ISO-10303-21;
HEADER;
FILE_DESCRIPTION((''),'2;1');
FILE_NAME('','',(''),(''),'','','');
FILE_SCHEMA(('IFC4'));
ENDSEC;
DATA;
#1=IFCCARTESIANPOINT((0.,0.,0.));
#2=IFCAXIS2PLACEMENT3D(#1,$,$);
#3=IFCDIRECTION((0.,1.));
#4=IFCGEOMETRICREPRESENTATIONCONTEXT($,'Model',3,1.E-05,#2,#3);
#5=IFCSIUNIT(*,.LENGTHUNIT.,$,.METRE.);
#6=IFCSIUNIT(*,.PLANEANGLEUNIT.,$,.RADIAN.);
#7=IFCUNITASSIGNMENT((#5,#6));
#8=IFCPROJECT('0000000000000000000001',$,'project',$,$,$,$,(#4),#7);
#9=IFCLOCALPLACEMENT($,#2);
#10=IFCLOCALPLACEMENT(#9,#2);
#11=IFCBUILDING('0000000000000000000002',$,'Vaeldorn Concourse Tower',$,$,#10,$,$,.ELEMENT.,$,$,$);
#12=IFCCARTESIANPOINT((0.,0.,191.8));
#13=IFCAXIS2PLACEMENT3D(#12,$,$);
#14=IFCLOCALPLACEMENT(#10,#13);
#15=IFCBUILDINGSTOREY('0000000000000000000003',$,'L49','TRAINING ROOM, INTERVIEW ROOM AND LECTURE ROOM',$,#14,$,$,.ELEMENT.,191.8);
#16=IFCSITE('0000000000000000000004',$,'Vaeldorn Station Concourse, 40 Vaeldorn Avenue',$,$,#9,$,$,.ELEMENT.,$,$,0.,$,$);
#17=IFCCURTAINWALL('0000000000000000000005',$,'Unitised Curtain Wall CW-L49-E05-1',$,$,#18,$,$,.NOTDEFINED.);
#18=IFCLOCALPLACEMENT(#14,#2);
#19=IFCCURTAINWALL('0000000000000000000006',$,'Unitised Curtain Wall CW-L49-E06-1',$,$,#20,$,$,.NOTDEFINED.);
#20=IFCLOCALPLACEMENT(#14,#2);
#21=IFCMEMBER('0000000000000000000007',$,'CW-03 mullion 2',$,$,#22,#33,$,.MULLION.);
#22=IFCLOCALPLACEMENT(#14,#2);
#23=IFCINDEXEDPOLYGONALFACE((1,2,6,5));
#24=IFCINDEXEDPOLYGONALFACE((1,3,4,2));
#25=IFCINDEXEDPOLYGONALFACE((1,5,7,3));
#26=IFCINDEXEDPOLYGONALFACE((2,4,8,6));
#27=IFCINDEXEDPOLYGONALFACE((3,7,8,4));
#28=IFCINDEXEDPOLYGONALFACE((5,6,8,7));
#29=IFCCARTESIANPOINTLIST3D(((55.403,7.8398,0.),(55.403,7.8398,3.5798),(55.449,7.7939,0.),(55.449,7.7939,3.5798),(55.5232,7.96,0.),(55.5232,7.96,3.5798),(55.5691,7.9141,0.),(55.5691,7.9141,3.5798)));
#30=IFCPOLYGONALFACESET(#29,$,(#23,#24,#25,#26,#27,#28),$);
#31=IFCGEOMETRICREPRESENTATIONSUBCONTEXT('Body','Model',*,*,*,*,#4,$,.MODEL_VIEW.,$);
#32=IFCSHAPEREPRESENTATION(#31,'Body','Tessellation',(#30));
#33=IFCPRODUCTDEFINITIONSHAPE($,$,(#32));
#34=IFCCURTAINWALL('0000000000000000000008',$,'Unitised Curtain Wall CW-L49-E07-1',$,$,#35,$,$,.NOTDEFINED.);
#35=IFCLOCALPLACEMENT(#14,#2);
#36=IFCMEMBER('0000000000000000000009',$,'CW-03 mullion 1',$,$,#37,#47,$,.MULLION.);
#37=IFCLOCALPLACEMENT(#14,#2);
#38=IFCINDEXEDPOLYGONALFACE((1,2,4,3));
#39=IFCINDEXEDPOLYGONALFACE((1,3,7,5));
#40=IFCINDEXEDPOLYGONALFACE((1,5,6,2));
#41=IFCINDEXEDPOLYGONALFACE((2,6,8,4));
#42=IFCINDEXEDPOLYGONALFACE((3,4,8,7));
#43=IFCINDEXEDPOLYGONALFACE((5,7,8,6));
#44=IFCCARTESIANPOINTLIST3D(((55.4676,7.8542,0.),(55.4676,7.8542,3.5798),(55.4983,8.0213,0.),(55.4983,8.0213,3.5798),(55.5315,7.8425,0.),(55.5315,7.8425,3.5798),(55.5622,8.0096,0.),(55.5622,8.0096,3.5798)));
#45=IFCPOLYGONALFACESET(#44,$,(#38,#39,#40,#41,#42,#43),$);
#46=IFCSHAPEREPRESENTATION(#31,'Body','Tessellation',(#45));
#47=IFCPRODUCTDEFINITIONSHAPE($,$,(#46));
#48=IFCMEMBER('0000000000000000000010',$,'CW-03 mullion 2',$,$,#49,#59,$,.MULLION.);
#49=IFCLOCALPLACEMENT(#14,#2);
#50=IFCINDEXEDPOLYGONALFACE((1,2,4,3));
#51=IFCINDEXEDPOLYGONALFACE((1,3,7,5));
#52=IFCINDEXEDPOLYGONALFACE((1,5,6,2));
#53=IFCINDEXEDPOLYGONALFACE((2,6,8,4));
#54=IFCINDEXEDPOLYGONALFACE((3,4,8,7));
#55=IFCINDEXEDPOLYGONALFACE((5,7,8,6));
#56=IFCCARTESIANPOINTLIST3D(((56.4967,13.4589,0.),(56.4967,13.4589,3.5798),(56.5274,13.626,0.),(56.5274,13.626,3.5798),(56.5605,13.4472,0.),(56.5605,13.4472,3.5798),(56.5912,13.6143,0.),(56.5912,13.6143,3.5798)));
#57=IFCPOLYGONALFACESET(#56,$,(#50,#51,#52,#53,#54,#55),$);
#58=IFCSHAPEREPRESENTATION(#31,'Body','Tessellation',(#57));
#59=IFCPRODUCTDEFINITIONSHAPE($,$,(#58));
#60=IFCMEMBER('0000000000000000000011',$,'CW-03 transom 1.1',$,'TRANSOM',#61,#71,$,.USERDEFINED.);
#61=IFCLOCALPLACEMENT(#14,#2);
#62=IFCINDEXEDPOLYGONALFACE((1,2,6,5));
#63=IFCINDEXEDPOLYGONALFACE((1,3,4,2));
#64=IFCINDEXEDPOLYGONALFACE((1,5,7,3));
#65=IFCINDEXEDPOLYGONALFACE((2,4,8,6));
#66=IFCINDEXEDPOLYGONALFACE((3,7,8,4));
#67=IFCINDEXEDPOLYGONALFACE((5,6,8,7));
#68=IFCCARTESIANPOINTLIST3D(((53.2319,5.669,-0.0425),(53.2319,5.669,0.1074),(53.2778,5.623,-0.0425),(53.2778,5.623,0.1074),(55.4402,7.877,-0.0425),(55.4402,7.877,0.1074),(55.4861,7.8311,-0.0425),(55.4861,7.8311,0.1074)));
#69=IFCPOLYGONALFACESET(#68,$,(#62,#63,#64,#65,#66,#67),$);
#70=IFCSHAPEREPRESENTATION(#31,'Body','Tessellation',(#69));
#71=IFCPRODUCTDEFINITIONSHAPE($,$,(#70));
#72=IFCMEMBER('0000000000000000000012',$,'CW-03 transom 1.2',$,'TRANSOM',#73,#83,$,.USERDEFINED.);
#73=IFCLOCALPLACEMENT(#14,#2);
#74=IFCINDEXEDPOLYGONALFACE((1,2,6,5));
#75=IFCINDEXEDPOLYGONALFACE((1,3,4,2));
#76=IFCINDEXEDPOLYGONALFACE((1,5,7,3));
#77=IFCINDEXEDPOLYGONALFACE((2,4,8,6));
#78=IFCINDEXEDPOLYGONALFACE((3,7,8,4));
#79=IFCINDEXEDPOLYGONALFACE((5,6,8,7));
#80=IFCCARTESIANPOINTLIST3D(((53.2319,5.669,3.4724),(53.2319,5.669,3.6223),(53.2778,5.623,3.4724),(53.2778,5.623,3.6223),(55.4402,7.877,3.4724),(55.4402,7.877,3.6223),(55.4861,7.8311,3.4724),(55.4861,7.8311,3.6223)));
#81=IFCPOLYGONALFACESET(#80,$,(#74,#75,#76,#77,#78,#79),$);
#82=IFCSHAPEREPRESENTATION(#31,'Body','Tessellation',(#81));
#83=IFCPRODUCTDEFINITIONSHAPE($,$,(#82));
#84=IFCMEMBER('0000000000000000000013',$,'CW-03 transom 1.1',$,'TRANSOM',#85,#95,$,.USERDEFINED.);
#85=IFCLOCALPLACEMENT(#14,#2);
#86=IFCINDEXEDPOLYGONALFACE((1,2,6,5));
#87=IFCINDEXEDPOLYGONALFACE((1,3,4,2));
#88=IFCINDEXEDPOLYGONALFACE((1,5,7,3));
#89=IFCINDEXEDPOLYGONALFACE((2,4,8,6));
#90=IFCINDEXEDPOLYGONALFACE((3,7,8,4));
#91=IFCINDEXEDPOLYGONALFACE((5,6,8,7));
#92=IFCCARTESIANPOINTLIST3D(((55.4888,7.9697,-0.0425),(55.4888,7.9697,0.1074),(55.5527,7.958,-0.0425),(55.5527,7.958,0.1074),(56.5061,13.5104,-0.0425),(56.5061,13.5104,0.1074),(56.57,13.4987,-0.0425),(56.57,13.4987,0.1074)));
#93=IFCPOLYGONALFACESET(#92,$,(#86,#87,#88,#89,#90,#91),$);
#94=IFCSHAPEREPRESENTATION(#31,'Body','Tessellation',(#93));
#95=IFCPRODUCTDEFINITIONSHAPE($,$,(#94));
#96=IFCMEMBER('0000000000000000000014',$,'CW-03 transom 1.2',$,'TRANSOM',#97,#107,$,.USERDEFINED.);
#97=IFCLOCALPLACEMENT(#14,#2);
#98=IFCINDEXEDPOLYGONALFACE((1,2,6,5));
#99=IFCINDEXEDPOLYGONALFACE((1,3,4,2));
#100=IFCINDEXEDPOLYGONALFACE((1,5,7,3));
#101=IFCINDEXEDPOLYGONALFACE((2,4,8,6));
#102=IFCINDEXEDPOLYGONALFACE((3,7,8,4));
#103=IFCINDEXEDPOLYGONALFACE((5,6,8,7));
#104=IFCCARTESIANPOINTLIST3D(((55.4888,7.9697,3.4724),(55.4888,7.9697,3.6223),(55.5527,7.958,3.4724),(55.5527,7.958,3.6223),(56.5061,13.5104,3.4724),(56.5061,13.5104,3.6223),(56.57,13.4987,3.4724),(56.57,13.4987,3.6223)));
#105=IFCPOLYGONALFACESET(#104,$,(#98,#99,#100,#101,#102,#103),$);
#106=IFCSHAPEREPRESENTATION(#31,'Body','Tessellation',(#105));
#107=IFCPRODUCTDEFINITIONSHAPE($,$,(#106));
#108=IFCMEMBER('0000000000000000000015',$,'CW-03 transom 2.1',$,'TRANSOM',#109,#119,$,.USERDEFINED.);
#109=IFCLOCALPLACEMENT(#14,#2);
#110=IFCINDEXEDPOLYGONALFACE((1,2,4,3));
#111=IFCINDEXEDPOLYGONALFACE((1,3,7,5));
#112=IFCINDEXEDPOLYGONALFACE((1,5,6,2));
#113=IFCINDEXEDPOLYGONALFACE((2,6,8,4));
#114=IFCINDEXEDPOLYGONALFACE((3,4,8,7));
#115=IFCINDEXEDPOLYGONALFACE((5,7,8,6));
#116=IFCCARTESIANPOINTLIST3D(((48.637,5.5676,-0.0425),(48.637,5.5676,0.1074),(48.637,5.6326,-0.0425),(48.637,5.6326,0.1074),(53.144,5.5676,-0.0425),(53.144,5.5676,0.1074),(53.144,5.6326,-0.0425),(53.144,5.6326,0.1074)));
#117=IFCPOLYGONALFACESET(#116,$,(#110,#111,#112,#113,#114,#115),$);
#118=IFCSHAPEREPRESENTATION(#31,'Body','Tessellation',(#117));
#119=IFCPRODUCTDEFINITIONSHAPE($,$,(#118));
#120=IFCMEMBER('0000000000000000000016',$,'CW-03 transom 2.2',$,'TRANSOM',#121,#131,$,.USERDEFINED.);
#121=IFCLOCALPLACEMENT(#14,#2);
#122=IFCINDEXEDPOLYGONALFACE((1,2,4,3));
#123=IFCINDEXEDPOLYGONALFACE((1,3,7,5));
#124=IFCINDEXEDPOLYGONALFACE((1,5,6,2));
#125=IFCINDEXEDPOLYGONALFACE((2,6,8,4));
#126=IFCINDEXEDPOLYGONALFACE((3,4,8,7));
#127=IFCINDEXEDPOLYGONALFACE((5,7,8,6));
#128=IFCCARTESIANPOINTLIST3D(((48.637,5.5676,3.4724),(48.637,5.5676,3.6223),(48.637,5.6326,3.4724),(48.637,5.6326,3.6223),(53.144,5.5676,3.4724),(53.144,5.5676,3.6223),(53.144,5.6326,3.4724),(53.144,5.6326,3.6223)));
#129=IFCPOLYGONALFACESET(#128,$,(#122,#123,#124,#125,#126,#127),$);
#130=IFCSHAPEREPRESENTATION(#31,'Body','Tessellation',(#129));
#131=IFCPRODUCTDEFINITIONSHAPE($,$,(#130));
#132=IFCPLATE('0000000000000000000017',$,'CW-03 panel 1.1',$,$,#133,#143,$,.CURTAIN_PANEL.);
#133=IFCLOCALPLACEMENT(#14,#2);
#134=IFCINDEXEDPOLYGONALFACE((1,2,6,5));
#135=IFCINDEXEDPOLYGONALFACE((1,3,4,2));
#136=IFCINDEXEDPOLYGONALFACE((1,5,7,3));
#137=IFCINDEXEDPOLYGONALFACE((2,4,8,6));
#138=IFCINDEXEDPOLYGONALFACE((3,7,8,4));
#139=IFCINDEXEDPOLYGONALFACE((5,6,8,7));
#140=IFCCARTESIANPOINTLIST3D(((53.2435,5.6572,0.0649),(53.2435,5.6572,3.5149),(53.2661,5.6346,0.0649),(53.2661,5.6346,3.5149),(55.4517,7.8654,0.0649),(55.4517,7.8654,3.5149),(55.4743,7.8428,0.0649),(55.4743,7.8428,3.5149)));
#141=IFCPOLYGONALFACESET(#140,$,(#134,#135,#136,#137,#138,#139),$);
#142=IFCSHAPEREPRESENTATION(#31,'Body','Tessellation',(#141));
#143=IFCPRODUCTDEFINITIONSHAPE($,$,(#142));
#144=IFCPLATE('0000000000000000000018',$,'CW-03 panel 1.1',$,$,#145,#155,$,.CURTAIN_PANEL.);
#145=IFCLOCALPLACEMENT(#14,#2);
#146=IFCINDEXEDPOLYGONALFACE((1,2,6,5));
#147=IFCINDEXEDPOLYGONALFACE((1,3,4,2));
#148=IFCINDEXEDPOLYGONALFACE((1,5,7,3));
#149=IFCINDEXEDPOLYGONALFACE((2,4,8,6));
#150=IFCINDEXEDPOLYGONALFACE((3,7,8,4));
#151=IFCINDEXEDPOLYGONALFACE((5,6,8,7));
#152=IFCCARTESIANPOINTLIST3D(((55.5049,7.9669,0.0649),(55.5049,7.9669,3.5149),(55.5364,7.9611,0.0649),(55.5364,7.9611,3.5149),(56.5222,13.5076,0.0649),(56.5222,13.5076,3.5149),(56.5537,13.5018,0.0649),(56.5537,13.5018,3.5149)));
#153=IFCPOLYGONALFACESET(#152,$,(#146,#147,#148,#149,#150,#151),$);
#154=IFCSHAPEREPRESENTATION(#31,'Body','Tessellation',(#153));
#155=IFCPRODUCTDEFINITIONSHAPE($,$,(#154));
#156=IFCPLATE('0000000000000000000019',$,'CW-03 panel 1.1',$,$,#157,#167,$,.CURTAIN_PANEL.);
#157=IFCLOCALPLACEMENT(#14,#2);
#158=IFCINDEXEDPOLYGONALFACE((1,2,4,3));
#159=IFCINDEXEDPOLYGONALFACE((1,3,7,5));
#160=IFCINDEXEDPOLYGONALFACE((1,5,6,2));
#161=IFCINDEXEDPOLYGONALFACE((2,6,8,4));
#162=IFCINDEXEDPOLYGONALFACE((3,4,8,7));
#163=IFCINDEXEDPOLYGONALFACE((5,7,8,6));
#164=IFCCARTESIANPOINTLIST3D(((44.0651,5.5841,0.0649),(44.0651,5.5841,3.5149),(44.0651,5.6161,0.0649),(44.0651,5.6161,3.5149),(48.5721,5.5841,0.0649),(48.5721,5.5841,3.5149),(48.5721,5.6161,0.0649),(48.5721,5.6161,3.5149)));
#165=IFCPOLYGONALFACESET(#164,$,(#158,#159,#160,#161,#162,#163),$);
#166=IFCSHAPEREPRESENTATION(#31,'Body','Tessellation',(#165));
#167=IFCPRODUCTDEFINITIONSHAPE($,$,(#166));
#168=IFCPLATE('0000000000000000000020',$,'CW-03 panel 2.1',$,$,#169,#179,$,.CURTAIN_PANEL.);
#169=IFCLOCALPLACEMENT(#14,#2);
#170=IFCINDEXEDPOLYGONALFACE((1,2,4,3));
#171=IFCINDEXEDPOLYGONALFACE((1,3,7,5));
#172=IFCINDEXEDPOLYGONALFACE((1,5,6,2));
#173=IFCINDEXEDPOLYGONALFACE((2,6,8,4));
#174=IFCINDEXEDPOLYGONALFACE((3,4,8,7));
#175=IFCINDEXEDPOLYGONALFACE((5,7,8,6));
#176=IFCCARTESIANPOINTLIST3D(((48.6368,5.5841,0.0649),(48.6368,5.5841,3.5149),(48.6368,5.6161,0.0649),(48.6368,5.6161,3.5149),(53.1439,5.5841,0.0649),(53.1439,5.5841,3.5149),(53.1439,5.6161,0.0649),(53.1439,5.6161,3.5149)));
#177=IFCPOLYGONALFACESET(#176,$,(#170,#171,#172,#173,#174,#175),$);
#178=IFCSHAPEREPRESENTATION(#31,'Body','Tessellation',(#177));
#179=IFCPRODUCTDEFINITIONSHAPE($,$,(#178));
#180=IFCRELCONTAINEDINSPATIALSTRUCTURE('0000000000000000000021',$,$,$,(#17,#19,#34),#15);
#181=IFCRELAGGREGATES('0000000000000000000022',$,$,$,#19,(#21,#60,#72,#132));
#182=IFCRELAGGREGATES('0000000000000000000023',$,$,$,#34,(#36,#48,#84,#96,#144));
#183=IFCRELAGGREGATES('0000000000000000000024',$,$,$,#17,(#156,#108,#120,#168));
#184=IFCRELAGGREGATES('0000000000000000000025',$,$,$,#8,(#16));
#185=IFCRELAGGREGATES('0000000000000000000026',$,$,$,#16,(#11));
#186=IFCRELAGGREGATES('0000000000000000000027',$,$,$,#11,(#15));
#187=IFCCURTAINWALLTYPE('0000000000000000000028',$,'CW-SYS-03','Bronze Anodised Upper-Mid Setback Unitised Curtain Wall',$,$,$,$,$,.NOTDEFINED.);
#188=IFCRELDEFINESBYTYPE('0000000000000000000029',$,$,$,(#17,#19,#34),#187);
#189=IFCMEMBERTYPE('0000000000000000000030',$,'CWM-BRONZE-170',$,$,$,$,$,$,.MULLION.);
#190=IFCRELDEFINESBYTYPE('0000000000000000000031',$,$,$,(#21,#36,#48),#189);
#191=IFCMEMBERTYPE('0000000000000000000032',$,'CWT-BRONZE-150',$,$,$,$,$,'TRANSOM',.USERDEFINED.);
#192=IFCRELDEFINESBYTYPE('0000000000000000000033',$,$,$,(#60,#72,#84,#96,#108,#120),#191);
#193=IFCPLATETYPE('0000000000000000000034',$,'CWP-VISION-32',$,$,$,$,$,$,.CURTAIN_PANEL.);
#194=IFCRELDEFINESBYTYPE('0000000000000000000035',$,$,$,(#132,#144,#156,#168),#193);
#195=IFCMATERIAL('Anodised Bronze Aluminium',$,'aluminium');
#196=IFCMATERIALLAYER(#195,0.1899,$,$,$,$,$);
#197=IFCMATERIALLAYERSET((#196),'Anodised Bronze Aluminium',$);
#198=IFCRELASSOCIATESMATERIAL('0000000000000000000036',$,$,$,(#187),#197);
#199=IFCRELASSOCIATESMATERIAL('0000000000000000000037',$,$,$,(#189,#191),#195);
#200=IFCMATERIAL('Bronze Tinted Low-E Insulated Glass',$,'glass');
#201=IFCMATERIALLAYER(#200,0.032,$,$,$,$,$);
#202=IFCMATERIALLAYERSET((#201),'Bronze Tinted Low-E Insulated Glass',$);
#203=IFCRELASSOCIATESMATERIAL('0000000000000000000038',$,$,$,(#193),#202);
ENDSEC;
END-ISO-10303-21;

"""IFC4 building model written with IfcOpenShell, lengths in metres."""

from ifc_helpers import new_model, si_unit, direction, frame, origin, origin_2d, place, context, subcontext, project, spatial, rectangle, extrude, source, transform, mapped, material, layer, layer_set, material_profile, profile_set, type_object, element, aggregate, save


model = new_model("IFC4")

# Units and contexts
model_context = context("Model", 3, precision=1e-05, world=origin(), true_north=direction((0.0, 1.0)))
body_context = subcontext(model_context, "Body", "Model", "MODEL_VIEW")
ifc_project = project(units=[si_unit("LENGTHUNIT", "METRE"), si_unit("PLANEANGLEUNIT", "RADIAN")], contexts=[model_context])

# Site, building, storey
site_placement = place(None, origin())
site = spatial("IfcSite", under=ifc_project, at=site_placement, Name="Vaeldorn Station Concourse, 40 Vaeldorn Avenue", CompositionType="ELEMENT", RefElevation=0.0)
building_placement = place(site_placement, origin())
building = spatial("IfcBuilding", under=site, at=building_placement, Name="Vaeldorn Concourse Tower", CompositionType="ELEMENT")
storey_placement = place(building_placement, frame((0.0, 0.0, 191.8)))
storey = spatial("IfcBuildingStorey", under=building, at=storey_placement, Name="L49", Description="TRAINING ROOM, INTERVIEW ROOM AND LECTURE ROOM", CompositionType="ELEMENT", Elevation=191.8)

# Curtain walls, members
ifc_material_1 = material(Name="Anodised Bronze Aluminium", Category="aluminium")
ifc_layer_1 = layer(ifc_material_1, 0.1899)
ifc_layer_set_1 = layer_set([ifc_layer_1], Name="Anodised Bronze Aluminium")
curtain_wall_type = type_object("IfcCurtainWallType", Name="CW-SYS-03", Description="Bronze Anodised Upper-Mid Setback Unitised Curtain Wall", PredefinedType="NOTDEFINED", material=ifc_layer_set_1)
curtain_wall_1_placement = place(storey_placement, origin())
curtain_wall_1 = element("IfcCurtainWall", 1, at=curtain_wall_1_placement, inside=storey, type_object=curtain_wall_type, Name="Unitised Curtain Wall CW-L49-E05-1", PredefinedType="NOTDEFINED")
ifc_material_profile_1 = material_profile(ifc_material_1, rectangle(XDim=0.0649, YDim=0.1699, at=origin_2d()), Name="CWM 65x170")
ifc_profile_set_1 = profile_set([ifc_material_profile_1], Name="Anodised Bronze Aluminium")
member_type_1 = type_object("IfcMemberType", Name="CWM-BRONZE-170", PredefinedType="MULLION", material=ifc_profile_set_1)
shared_shape_1 = source(origin(), body_context, "Body", "SweptSolid", [
    extrude(rectangle(XDim=0.0649, YDim=0.1699, at=origin_2d()), origin(), (0.0, 0.0, 1.0), 3.5798),
])
curtain_wall_2_placement = place(storey_placement, origin())
curtain_wall_2 = element("IfcCurtainWall", 2, at=curtain_wall_2_placement, inside=storey, type_object=curtain_wall_type, Name="Unitised Curtain Wall CW-L49-E06-1", PredefinedType="NOTDEFINED")
member_1_placement = place(storey_placement, frame((55.4861, 7.877, 0.0), z_axis=(0.0, 0.0, 1.0), x_axis=(-0.707107, 0.707107, 0.0)))
member_1 = element("IfcMember", 3, at=member_1_placement, type_object=member_type_1, Name="CW-03 mullion 2", PredefinedType="MULLION", context=body_context, shape_type="MappedRepresentation", body=[
    mapped(shared_shape_1, transform((0.0, 0.0, 0.0), scale=1.0)),
])
curtain_wall_3_placement = place(storey_placement, origin())
curtain_wall_3 = element("IfcCurtainWall", 4, at=curtain_wall_3_placement, inside=storey, type_object=curtain_wall_type, Name="Unitised Curtain Wall CW-L49-E07-1", PredefinedType="NOTDEFINED")
member_2_placement = place(storey_placement, frame((55.5149, 7.9319, 0.0), z_axis=(0.0, 0.0, 1.0), x_axis=(-0.983559, 0.180585, 0.0)))
member_2 = element("IfcMember", 5, at=member_2_placement, type_object=member_type_1, Name="CW-03 mullion 1", PredefinedType="MULLION", context=body_context, shape_type="MappedRepresentation", body=[
    mapped(shared_shape_1, transform((0.0, 0.0, 0.0), scale=1.0)),
])
member_3_placement = place(storey_placement, frame((56.5439, 13.5366, 0.0), z_axis=(0.0, 0.0, 1.0), x_axis=(-0.983559, 0.180585, 0.0)))
member_3 = element("IfcMember", 6, at=member_3_placement, type_object=member_type_1, Name="CW-03 mullion 2", PredefinedType="MULLION", context=body_context, shape_type="MappedRepresentation", body=[
    mapped(shared_shape_1, transform((0.0, 0.0, 0.0), scale=1.0)),
])

# Members
ifc_material_profile_2 = material_profile(ifc_material_1, rectangle(XDim=0.0649, YDim=0.1499, at=origin_2d()), Name="CWT 65x150")
ifc_profile_set_2 = profile_set([ifc_material_profile_2], Name="Anodised Bronze Aluminium")
member_type_2 = type_object("IfcMemberType", Name="CWT-BRONZE-150", ElementType="TRANSOM", PredefinedType="USERDEFINED", material=ifc_profile_set_2)
shared_shape_2 = source(origin(), body_context, "Body", "SweptSolid", [
    extrude(rectangle(XDim=0.0649, YDim=0.1499, at=origin_2d()), origin(), (0.0, 0.0, 1.0), 3.1228),
])
member_4_placement = place(storey_placement, frame((53.2549, 5.646, 0.0325), z_axis=(0.707146, 0.707068, 0.0), x_axis=(-0.707068, 0.707146, 0.0)))
member_4 = element("IfcMember", 7, at=member_4_placement, type_object=member_type_2, Name="CW-03 transom 1.1", ObjectType="TRANSOM", PredefinedType="USERDEFINED", context=body_context, shape_type="MappedRepresentation", body=[
    mapped(shared_shape_2, transform((0.0, 0.0, 0.0), scale=1.0)),
])
member_5_placement = place(storey_placement, frame((53.2549, 5.646, 3.5474), z_axis=(0.707146, 0.707068, 0.0), x_axis=(-0.707068, 0.707146, 0.0)))
member_5 = element("IfcMember", 8, at=member_5_placement, type_object=member_type_2, Name="CW-03 transom 1.2", ObjectType="TRANSOM", PredefinedType="USERDEFINED", context=body_context, shape_type="MappedRepresentation", body=[
    mapped(shared_shape_2, transform((0.0, 0.0, 0.0), scale=1.0)),
])
shared_shape_3 = source(origin(), body_context, "Body", "SweptSolid", [
    extrude(rectangle(XDim=0.0649, YDim=0.1499, at=origin_2d()), origin(), (0.0, 0.0, 1.0), 5.6333),
])
member_6_placement = place(storey_placement, frame((55.5208, 7.9639, 0.0325), z_axis=(0.18059, 0.983558, 0.0), x_axis=(-0.983558, 0.18059, 0.0)))
member_6 = element("IfcMember", 9, at=member_6_placement, type_object=member_type_2, Name="CW-03 transom 1.1", ObjectType="TRANSOM", PredefinedType="USERDEFINED", context=body_context, shape_type="MappedRepresentation", body=[
    mapped(shared_shape_3, transform((0.0, 0.0, 0.0), scale=1.0)),
])
member_7_placement = place(storey_placement, frame((55.5208, 7.9639, 3.5474), z_axis=(0.18059, 0.983558, 0.0), x_axis=(-0.983558, 0.18059, 0.0)))
member_7 = element("IfcMember", 10, at=member_7_placement, type_object=member_type_2, Name="CW-03 transom 1.2", ObjectType="TRANSOM", PredefinedType="USERDEFINED", context=body_context, shape_type="MappedRepresentation", body=[
    mapped(shared_shape_3, transform((0.0, 0.0, 0.0), scale=1.0)),
])
shared_shape_4 = source(origin(), body_context, "Body", "SweptSolid", [
    extrude(rectangle(XDim=0.0649, YDim=0.1499, at=origin_2d()), origin(), (0.0, 0.0, 1.0), 4.5071),
])
member_8_placement = place(storey_placement, frame((48.637, 5.6001, 0.0325), z_axis=(1.0, 0.0, 0.0), x_axis=(0.0, 1.0, 0.0)))
member_8 = element("IfcMember", 11, at=member_8_placement, type_object=member_type_2, Name="CW-03 transom 2.1", ObjectType="TRANSOM", PredefinedType="USERDEFINED", context=body_context, shape_type="MappedRepresentation", body=[
    mapped(shared_shape_4, transform((0.0, 0.0, 0.0), scale=1.0)),
])
member_9_placement = place(storey_placement, frame((48.637, 5.6001, 3.5474), z_axis=(1.0, 0.0, 0.0), x_axis=(0.0, 1.0, 0.0)))
member_9 = element("IfcMember", 12, at=member_9_placement, type_object=member_type_2, Name="CW-03 transom 2.2", ObjectType="TRANSOM", PredefinedType="USERDEFINED", context=body_context, shape_type="MappedRepresentation", body=[
    mapped(shared_shape_4, transform((0.0, 0.0, 0.0), scale=1.0)),
])

# Plates
ifc_material_2 = material(Name="Bronze Tinted Low-E Insulated Glass", Category="glass")
ifc_layer_2 = layer(ifc_material_2, 0.032)
ifc_layer_set_2 = layer_set([ifc_layer_2], Name="Bronze Tinted Low-E Insulated Glass")
plate_type = type_object("IfcPlateType", Name="CWP-VISION-32", PredefinedType="CURTAIN_PANEL", material=ifc_layer_set_2)
shared_shape_5 = source(origin(), body_context, "Body", "SweptSolid", [
    extrude(rectangle(XDim=3.1228, YDim=0.032, at=origin_2d()), origin(), (0.0, 0.0, 1.0), 3.45),
])
plate_1_placement = place(storey_placement, frame((54.3589, 6.75, 0.0649), z_axis=(0.0, 0.0, 1.0), x_axis=(0.707107, 0.707107, 0.0)))
plate_1 = element("IfcPlate", 13, at=plate_1_placement, type_object=plate_type, Name="CW-03 panel 1.1", PredefinedType="CURTAIN_PANEL", context=body_context, shape_type="MappedRepresentation", body=[
    mapped(shared_shape_5, transform((0.0, 0.0, 0.0), scale=1.0)),
])
aggregate(curtain_wall_2, [member_1, member_4, member_5, plate_1])
shared_shape_6 = source(origin(), body_context, "Body", "SweptSolid", [
    extrude(rectangle(XDim=5.6333, YDim=0.032, at=origin_2d()), origin(), (0.0, 0.0, 1.0), 3.45),
])
plate_2_placement = place(storey_placement, frame((56.0293, 10.7344, 0.0649), z_axis=(0.0, 0.0, 1.0), x_axis=(0.180585, 0.983559, 0.0)))
plate_2 = element("IfcPlate", 14, at=plate_2_placement, type_object=plate_type, Name="CW-03 panel 1.1", PredefinedType="CURTAIN_PANEL", context=body_context, shape_type="MappedRepresentation", body=[
    mapped(shared_shape_6, transform((0.0, 0.0, 0.0), scale=1.0)),
])
aggregate(curtain_wall_3, [member_2, member_3, member_6, member_7, plate_2])
shared_shape_7 = source(origin(), body_context, "Body", "SweptSolid", [
    extrude(rectangle(XDim=4.5071, YDim=0.032, at=origin_2d()), origin(), (0.0, 0.0, 1.0), 3.45),
])
plate_3_placement = place(storey_placement, frame((46.3186, 5.6001, 0.0649), z_axis=(0.0, 0.0, 1.0), x_axis=(1.0, 0.0, 0.0)))
plate_3 = element("IfcPlate", 15, at=plate_3_placement, type_object=plate_type, Name="CW-03 panel 1.1", PredefinedType="CURTAIN_PANEL", context=body_context, shape_type="MappedRepresentation", body=[
    mapped(shared_shape_7, transform((0.0, 0.0, 0.0), scale=1.0)),
])
plate_4_placement = place(storey_placement, frame((50.8904, 5.6001, 0.0649), z_axis=(0.0, 0.0, 1.0), x_axis=(1.0, 0.0, 0.0)))
plate_4 = element("IfcPlate", 16, at=plate_4_placement, type_object=plate_type, Name="CW-03 panel 2.1", PredefinedType="CURTAIN_PANEL", context=body_context, shape_type="MappedRepresentation", body=[
    mapped(shared_shape_7, transform((0.0, 0.0, 0.0), scale=1.0)),
])
aggregate(curtain_wall_1, [plate_3, member_8, member_9, plate_4])

save(model, "model.ifc")
